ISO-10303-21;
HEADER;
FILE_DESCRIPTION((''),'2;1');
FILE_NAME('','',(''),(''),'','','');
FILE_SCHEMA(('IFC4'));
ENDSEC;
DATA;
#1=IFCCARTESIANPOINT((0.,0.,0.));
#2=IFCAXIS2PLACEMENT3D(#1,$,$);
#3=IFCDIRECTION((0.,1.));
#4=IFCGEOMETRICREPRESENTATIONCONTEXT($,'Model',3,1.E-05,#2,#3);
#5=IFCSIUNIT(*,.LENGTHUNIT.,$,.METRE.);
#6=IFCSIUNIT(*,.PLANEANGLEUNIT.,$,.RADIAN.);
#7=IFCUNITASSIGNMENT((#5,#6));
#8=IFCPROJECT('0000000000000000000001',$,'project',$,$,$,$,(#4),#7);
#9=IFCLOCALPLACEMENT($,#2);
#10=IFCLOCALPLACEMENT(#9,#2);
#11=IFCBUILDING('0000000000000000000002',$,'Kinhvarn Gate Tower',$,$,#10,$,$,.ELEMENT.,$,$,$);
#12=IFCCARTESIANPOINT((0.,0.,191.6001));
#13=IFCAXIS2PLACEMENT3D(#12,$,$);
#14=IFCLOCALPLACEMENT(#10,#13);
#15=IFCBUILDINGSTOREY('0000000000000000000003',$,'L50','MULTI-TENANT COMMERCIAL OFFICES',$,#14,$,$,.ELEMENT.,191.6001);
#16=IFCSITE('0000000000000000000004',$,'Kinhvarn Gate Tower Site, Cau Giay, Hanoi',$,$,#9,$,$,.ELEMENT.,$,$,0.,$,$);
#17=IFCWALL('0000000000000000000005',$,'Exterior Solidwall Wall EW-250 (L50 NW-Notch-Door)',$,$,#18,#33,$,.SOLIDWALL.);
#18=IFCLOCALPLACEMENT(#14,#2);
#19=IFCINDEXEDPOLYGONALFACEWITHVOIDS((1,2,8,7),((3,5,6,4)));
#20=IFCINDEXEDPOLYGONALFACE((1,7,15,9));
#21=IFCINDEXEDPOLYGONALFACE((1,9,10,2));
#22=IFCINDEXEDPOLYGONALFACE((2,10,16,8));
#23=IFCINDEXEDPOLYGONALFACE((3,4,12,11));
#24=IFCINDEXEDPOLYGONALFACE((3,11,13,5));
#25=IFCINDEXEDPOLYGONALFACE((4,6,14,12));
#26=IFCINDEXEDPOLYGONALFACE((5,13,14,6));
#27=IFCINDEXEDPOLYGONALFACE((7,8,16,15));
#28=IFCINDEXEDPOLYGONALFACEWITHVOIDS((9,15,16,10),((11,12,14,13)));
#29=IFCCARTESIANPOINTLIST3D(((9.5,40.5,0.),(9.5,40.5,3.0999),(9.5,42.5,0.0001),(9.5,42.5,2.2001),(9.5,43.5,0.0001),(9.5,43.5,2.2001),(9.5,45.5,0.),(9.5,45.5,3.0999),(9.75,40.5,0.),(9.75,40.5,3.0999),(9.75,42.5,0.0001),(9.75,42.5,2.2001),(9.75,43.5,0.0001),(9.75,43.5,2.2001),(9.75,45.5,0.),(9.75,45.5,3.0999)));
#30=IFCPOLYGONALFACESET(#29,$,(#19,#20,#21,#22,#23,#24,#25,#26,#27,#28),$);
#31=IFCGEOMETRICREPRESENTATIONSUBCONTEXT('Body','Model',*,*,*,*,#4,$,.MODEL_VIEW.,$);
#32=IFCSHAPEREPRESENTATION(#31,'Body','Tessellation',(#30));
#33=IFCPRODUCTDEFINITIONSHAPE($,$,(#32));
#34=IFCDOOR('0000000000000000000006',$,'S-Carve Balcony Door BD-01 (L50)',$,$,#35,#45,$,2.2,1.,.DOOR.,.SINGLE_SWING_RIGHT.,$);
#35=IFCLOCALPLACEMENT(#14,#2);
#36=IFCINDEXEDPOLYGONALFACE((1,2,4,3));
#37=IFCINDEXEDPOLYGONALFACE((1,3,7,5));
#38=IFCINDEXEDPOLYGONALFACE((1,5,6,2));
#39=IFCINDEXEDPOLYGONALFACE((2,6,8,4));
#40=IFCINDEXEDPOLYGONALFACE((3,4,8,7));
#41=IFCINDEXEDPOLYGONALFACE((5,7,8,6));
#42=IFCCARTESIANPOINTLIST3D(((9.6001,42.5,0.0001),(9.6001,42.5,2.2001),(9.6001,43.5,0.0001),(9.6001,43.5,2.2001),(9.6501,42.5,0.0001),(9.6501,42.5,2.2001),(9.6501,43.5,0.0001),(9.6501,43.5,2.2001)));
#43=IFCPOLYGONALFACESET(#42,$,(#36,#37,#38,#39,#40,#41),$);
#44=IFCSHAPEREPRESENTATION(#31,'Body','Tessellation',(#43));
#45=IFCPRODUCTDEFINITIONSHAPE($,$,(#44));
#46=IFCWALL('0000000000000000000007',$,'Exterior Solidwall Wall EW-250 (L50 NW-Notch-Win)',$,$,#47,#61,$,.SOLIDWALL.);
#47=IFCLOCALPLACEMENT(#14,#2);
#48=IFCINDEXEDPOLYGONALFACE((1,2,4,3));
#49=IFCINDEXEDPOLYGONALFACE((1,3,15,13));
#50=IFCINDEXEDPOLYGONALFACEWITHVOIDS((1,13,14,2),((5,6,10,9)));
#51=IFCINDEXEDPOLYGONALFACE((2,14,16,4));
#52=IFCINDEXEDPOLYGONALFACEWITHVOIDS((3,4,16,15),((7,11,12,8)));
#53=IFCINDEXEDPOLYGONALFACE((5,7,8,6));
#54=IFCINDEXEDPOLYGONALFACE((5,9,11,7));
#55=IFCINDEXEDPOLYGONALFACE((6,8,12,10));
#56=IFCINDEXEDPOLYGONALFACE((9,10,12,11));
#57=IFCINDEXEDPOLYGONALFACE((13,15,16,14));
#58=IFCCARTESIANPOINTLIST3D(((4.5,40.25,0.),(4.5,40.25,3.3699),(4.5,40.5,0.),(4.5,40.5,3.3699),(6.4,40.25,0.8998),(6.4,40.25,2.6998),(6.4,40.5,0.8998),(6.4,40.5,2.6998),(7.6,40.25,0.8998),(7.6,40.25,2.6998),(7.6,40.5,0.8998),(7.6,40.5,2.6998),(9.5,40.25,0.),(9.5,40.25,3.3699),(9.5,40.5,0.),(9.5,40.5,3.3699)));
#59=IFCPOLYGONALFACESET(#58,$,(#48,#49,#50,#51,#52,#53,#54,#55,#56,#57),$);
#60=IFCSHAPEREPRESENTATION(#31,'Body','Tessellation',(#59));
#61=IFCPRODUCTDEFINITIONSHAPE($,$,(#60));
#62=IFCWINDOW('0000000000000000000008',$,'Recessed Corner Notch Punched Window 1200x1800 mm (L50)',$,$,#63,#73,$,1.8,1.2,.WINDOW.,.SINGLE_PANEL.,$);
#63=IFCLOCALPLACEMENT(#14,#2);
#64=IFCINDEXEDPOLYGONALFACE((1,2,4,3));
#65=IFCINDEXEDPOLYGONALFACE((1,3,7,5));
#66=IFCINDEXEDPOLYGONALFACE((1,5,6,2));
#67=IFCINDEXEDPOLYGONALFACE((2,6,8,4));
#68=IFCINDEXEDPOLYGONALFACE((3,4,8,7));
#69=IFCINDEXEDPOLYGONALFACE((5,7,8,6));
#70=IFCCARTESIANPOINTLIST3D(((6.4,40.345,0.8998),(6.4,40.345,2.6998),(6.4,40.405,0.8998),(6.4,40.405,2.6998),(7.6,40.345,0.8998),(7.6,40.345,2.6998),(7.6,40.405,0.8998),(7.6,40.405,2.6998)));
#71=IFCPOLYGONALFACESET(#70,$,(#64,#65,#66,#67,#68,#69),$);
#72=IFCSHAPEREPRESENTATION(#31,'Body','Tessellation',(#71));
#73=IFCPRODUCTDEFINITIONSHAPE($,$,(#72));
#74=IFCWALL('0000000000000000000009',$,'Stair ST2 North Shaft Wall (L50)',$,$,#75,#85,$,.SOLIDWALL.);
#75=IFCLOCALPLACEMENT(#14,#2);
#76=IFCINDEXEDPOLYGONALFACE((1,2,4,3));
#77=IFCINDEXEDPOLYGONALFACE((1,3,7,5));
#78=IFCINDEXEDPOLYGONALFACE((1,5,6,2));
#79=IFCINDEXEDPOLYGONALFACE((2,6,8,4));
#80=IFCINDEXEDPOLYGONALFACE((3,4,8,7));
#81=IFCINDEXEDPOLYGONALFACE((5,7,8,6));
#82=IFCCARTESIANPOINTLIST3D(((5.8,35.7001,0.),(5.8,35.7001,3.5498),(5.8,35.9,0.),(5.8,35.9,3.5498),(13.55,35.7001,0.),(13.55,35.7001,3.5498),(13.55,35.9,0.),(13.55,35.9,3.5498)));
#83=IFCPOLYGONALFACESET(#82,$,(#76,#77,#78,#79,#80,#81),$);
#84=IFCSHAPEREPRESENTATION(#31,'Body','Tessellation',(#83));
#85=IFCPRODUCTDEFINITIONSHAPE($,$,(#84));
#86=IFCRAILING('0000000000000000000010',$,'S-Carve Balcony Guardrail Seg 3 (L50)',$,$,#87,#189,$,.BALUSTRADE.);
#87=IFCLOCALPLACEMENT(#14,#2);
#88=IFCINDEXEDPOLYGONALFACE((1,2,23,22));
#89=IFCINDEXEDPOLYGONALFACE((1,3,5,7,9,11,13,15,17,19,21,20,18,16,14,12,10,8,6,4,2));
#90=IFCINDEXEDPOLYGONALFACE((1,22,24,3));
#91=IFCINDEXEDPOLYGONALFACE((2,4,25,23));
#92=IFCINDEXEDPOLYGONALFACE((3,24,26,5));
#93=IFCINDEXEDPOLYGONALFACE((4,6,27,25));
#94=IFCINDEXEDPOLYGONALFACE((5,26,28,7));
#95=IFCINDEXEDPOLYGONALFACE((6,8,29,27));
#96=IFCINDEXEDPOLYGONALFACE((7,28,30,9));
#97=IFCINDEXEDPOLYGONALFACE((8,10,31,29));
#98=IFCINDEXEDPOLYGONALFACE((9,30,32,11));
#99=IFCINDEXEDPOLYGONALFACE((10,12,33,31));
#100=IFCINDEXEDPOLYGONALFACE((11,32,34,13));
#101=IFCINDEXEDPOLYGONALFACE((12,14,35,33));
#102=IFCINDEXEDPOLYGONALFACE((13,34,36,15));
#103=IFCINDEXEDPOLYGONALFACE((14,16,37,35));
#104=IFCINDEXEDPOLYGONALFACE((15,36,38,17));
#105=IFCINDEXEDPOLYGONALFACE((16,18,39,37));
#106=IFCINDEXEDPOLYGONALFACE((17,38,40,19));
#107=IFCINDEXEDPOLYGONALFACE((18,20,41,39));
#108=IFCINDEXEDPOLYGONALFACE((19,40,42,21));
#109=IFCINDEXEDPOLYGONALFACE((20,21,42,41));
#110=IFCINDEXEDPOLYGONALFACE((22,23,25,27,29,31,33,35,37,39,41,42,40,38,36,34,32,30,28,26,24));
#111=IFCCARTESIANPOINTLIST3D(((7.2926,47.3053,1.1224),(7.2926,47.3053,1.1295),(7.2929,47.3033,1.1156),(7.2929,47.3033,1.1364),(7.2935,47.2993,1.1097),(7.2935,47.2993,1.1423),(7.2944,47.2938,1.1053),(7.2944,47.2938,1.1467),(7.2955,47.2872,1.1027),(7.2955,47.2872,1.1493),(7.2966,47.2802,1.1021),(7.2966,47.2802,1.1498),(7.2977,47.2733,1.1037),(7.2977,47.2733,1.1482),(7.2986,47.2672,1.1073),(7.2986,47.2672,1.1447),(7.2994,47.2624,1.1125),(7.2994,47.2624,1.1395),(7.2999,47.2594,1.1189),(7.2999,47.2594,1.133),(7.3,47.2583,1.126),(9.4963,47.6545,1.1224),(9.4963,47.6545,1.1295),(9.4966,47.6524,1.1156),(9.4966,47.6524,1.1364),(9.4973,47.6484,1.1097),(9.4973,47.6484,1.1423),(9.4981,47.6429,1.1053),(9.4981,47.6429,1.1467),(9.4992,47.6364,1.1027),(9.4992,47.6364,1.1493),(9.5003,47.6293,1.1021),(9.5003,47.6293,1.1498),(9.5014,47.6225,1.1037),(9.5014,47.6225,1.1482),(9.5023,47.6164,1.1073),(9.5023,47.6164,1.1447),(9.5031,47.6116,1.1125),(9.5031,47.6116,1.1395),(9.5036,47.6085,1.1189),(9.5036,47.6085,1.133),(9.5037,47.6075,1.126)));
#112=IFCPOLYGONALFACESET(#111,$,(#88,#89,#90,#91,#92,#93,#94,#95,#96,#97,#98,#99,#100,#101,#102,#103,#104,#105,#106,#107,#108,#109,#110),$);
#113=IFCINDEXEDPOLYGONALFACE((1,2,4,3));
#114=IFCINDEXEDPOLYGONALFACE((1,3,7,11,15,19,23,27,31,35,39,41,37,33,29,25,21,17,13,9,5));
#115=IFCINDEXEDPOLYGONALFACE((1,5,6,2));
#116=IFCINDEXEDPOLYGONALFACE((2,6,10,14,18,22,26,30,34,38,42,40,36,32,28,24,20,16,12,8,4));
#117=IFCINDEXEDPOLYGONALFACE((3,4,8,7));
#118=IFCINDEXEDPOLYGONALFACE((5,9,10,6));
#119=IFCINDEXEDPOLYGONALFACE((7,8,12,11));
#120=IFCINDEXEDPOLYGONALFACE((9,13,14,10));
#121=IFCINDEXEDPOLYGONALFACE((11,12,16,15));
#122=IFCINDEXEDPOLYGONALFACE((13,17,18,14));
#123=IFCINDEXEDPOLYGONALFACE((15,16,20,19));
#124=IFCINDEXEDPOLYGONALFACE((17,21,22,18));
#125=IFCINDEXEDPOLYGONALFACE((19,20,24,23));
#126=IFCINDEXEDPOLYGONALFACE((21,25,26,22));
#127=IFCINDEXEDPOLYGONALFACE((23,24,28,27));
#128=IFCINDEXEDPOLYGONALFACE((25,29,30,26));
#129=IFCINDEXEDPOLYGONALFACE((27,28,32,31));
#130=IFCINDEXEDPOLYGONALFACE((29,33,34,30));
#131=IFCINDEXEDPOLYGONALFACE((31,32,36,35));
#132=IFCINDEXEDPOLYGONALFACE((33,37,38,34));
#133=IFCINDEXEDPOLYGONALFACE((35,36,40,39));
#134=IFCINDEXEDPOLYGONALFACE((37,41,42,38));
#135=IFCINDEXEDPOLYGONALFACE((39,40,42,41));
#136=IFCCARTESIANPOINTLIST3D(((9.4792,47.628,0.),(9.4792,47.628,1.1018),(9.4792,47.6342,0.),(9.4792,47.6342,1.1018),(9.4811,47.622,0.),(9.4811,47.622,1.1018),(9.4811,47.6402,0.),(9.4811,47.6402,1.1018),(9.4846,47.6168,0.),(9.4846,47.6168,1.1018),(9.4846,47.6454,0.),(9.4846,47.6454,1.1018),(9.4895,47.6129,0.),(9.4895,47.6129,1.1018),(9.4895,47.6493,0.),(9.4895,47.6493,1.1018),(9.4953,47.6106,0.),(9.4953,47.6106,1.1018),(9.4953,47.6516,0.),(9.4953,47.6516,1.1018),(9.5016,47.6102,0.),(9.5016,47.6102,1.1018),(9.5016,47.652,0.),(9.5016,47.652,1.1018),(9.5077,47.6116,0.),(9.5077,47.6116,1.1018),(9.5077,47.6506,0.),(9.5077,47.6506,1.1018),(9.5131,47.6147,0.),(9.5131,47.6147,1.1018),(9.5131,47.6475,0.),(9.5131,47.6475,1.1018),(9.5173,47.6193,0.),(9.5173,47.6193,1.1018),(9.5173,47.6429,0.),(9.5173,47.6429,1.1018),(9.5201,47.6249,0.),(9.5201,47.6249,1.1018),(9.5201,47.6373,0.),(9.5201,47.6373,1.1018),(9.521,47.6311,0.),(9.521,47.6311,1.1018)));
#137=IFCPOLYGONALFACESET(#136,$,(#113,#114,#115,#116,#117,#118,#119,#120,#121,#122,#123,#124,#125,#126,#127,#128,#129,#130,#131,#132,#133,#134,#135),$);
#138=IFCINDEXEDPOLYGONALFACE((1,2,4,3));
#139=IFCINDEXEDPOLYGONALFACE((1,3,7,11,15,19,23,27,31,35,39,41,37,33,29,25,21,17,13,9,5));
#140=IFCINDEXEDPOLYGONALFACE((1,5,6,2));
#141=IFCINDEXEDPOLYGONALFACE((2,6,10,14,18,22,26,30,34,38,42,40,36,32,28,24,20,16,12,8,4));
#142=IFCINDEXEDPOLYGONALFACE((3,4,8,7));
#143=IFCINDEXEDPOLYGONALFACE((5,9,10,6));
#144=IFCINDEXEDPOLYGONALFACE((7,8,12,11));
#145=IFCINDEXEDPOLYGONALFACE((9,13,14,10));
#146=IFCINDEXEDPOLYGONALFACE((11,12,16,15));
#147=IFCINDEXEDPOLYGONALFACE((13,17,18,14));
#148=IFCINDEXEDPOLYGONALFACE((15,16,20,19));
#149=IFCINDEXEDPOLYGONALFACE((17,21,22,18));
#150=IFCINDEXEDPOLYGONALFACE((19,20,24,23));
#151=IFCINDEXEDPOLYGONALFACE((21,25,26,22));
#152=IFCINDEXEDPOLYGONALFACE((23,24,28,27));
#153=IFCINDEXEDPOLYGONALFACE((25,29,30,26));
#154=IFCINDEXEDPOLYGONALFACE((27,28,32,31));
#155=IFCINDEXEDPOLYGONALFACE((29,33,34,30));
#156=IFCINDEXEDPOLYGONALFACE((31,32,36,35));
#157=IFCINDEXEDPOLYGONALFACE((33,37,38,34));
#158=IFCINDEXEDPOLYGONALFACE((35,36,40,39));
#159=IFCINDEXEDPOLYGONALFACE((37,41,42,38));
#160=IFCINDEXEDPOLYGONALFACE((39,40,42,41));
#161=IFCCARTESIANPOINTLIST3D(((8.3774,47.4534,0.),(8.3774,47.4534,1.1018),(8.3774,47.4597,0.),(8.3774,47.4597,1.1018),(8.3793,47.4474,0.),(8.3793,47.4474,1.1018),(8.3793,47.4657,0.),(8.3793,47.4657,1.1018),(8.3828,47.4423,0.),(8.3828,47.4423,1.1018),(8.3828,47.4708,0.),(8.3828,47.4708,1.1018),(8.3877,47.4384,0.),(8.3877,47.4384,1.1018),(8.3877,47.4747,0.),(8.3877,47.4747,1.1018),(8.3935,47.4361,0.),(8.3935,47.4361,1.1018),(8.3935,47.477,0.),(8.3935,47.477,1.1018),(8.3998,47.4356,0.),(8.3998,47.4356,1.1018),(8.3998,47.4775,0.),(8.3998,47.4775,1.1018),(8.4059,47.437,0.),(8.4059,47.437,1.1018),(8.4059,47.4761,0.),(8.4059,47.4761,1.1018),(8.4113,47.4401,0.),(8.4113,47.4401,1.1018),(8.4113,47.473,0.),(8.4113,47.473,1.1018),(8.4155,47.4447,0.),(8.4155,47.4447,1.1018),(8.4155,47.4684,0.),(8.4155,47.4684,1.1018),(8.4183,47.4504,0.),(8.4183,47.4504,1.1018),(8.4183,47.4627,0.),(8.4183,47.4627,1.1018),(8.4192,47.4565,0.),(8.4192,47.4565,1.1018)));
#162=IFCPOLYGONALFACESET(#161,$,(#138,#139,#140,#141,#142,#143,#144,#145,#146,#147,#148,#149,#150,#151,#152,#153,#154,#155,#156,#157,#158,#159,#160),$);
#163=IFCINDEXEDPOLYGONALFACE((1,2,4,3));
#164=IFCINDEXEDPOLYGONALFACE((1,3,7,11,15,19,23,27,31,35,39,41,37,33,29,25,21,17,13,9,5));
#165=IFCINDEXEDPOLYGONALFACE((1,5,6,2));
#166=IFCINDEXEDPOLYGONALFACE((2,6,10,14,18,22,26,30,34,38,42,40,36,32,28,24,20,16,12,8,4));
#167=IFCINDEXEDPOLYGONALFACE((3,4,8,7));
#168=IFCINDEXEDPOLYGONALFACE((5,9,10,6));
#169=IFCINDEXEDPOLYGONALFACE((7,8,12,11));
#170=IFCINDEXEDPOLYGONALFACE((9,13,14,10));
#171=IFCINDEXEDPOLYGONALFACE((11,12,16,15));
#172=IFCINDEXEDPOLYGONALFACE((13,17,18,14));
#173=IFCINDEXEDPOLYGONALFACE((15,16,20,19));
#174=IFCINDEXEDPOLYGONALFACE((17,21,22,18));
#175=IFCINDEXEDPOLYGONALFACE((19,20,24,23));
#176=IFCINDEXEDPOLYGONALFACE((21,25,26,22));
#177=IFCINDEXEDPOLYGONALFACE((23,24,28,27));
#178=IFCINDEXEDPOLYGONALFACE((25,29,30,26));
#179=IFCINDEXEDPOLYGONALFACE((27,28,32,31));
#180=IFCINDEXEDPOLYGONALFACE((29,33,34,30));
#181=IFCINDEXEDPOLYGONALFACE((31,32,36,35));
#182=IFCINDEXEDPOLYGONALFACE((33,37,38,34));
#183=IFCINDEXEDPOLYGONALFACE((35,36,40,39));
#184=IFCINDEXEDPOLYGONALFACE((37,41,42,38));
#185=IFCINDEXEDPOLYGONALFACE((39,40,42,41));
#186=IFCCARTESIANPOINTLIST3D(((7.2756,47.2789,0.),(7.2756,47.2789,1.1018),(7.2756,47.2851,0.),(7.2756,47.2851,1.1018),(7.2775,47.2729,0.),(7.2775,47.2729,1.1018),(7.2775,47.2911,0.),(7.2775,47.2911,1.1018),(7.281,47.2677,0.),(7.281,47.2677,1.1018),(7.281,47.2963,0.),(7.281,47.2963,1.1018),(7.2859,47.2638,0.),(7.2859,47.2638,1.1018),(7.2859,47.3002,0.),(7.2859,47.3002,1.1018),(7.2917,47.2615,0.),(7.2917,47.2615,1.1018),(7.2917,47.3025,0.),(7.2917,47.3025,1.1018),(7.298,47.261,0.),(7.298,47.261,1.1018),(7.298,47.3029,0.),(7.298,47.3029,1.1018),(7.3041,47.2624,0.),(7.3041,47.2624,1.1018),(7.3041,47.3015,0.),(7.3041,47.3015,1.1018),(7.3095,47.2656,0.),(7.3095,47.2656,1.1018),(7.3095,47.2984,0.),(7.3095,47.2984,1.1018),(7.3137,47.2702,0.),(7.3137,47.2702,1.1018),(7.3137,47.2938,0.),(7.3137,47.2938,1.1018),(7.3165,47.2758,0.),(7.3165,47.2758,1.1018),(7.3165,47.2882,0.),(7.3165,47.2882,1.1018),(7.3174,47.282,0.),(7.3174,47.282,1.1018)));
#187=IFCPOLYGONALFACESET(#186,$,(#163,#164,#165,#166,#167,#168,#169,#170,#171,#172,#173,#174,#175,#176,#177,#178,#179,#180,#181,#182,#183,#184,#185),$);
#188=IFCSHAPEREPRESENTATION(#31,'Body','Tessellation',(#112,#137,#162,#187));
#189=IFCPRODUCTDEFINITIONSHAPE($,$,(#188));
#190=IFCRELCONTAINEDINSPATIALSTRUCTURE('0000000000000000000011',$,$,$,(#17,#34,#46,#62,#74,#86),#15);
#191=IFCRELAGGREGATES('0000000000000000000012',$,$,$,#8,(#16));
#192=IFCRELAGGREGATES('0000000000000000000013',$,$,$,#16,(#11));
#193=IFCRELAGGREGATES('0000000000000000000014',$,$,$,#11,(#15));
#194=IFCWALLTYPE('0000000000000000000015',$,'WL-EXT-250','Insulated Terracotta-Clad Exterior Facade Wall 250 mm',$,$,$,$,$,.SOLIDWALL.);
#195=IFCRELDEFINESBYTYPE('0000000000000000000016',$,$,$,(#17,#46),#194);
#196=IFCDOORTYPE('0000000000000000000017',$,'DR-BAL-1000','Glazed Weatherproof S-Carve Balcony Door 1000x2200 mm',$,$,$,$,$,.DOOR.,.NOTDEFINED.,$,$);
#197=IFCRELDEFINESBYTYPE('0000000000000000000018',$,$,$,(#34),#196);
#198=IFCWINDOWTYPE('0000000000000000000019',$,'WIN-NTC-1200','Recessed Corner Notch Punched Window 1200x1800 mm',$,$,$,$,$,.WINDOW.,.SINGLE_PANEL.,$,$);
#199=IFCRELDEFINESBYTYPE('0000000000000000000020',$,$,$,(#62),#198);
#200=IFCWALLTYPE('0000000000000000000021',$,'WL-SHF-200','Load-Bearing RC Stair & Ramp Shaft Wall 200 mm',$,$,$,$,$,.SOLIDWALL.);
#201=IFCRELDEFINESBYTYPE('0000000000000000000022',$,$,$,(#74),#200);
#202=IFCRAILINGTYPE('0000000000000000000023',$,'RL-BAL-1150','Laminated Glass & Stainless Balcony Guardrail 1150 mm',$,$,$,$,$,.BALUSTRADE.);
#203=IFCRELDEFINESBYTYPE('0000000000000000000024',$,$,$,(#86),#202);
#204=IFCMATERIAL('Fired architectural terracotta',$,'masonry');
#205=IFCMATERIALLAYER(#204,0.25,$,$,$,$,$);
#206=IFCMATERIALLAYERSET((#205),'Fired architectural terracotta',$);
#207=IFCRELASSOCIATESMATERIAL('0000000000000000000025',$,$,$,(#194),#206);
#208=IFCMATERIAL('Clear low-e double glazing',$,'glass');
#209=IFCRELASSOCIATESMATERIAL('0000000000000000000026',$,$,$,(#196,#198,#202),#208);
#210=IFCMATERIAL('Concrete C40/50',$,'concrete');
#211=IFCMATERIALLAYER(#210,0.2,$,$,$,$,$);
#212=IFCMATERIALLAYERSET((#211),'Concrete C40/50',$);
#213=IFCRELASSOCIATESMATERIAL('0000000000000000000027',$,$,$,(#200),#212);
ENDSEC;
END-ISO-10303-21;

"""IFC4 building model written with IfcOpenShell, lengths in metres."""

from ifc_helpers import new_model, si_unit, direction, frame, frame_2d, origin, origin_2d, place, context, subcontext, project, spatial, rectangle, circle, extrude, material, layer, layer_set, type_object, element, fill, save


model = new_model("IFC4")

# Units and contexts
model_context = context("Model", 3, precision=1e-05, world=origin(), true_north=direction((0.0, 1.0)))
body_context = subcontext(model_context, "Body", "Model", "MODEL_VIEW")
ifc_project = project(units=[si_unit("LENGTHUNIT", "METRE"), si_unit("PLANEANGLEUNIT", "RADIAN")], contexts=[model_context])

# Site, building, storey
site_placement = place(None, origin())
site = spatial("IfcSite", under=ifc_project, at=site_placement, Name="Kinhvarn Gate Tower Site, Cau Giay, Hanoi", CompositionType="ELEMENT", RefElevation=0.0)
building_placement = place(site_placement, origin())
building = spatial("IfcBuilding", under=site, at=building_placement, Name="Kinhvarn Gate Tower", CompositionType="ELEMENT")
storey_placement = place(building_placement, frame((0.0, 0.0, 191.6001)))
storey = spatial("IfcBuildingStorey", under=building, at=storey_placement, Name="L50", Description="MULTI-TENANT COMMERCIAL OFFICES", CompositionType="ELEMENT", Elevation=191.6001)

# Shared definitions
ifc_material_1 = material(Name="Fired architectural terracotta", Category="masonry")
ifc_layer_1 = layer(ifc_material_1, 0.25)
ifc_layer_set_1 = layer_set([ifc_layer_1], Name="Fired architectural terracotta")
wall_type_1 = type_object("IfcWallType", Name="WL-EXT-250", Description="Insulated Terracotta-Clad Exterior Facade Wall 250 mm", PredefinedType="SOLIDWALL", material=ifc_layer_set_1)
ifc_material_2 = material(Name="Clear low-e double glazing", Category="glass")

# Wall, opening, door
wall_1_placement = place(storey_placement, frame((9.625, 45.5, 0.0), z_axis=(0.0, 0.0, 1.0), x_axis=(0.0, -1.0, 0.0)))
wall_1 = element("IfcWall", 1, at=wall_1_placement, inside=storey, type_object=wall_type_1, Name="Exterior Solidwall Wall EW-250 (L50 NW-Notch-Door)", PredefinedType="SOLIDWALL", context=body_context, shape_type="SweptSolid", body=[
    extrude(rectangle(XDim=5.0, YDim=0.25, at=frame_2d((2.5, 0.0))), origin(), (0.0, 0.0, 1.0), 3.0999),
])
opening_1_placement = place(wall_1_placement, frame((2.0, 0.0, 0.0)))
opening_1 = element("IfcOpeningElement", 2, at=opening_1_placement, cuts=wall_1, PredefinedType="OPENING", context=body_context, shape_type="SweptSolid", body=[
    extrude(rectangle(XDim=1.0, YDim=2.2, at=frame_2d((0.5, 1.1001))), frame((0.0, 0.135, 0.0), z_axis=(0.0, -1.0, 0.0), x_axis=(1.0, 0.0, 0.0)), (0.0, 0.0, 1.0), 0.27),
])
door_type = type_object("IfcDoorType", Name="DR-BAL-1000", Description="Glazed Weatherproof S-Carve Balcony Door 1000x2200 mm", OperationType="NOTDEFINED", PredefinedType="DOOR", material=ifc_material_2)
door_placement = place(opening_1_placement, frame((1.0, 0.0, 0.0), z_axis=(0.0, 0.0, 1.0), x_axis=(-1.0, 0.0, 0.0)))
door = element("IfcDoor", 3, at=door_placement, inside=storey, type_object=door_type, Name="S-Carve Balcony Door BD-01 (L50)", OperationType="SINGLE_SWING_RIGHT", OverallHeight=2.2, OverallWidth=1.0, PredefinedType="DOOR", context=body_context, shape_type="SweptSolid", body=[
    extrude(rectangle(XDim=1.0, YDim=2.2, at=frame_2d((0.5, 1.1001))), frame((0.0, 0.0249, 0.0), z_axis=(0.0, -1.0, 0.0), x_axis=(1.0, 0.0, 0.0)), (0.0, 0.0, 1.0), 0.05),
])
fill(opening_1, door)

# Wall, opening, window
wall_2_placement = place(storey_placement, frame((9.5, 40.375, 0.0), z_axis=(0.0, 0.0, 1.0), x_axis=(-1.0, 0.0, 0.0)))
wall_2 = element("IfcWall", 4, at=wall_2_placement, inside=storey, type_object=wall_type_1, Name="Exterior Solidwall Wall EW-250 (L50 NW-Notch-Win)", PredefinedType="SOLIDWALL", context=body_context, shape_type="SweptSolid", body=[
    extrude(rectangle(XDim=5.0, YDim=0.25, at=frame_2d((2.5, 0.0))), origin(), (0.0, 0.0, 1.0), 3.3699),
])
opening_2_placement = place(wall_2_placement, frame((1.8999, 0.0, 0.8999)))
opening_2 = element("IfcOpeningElement", 5, at=opening_2_placement, cuts=wall_2, PredefinedType="OPENING", context=body_context, shape_type="SweptSolid", body=[
    extrude(rectangle(XDim=1.2, YDim=1.8, at=frame_2d((0.6001, 0.8999))), frame((0.0, 0.135, 0.0), z_axis=(0.0, -1.0, 0.0), x_axis=(1.0, 0.0, 0.0)), (0.0, 0.0, 1.0), 0.27),
])
window_type_1 = type_object("IfcWindowType", Name="WIN-NTC-1200", Description="Recessed Corner Notch Punched Window 1200x1800 mm", PartitioningType="SINGLE_PANEL", PredefinedType="WINDOW", material=ifc_material_2)
window_1_placement = place(opening_2_placement, origin())
window_1 = element("IfcWindow", 6, at=window_1_placement, inside=storey, type_object=window_type_1, Name="Recessed Corner Notch Punched Window 1200x1800 mm (L50)", OverallHeight=1.8, OverallWidth=1.2, PartitioningType="SINGLE_PANEL", PredefinedType="WINDOW", context=body_context, shape_type="SweptSolid", body=[
    extrude(rectangle(XDim=1.2, YDim=1.8, at=frame_2d((0.6001, 0.8999))), frame((0.0, 0.03, 0.0), z_axis=(0.0, -1.0, 0.0), x_axis=(1.0, 0.0, 0.0)), (0.0, 0.0, 1.0), 0.0601),
])
fill(opening_2, window_1)

# Wall
ifc_material_3 = material(Name="Concrete C40/50", Category="concrete")
ifc_layer_2 = layer(ifc_material_3, 0.2)
ifc_layer_set_2 = layer_set([ifc_layer_2], Name="Concrete C40/50")
wall_type_2 = type_object("IfcWallType", Name="WL-SHF-200", Description="Load-Bearing RC Stair & Ramp Shaft Wall 200 mm", PredefinedType="SOLIDWALL", material=ifc_layer_set_2)
wall_3_placement = place(storey_placement, frame((5.8, 35.8, 0.0), z_axis=(0.0, 0.0, 1.0), x_axis=(1.0, 0.0, 0.0)))
element("IfcWall", 7, at=wall_3_placement, inside=storey, type_object=wall_type_2, Name="Stair ST2 North Shaft Wall (L50)", PredefinedType="SOLIDWALL", context=body_context, shape_type="SweptSolid", body=[
    extrude(rectangle(XDim=7.75, YDim=0.2, at=frame_2d((3.875, 0.0))), origin(), (0.0, 0.0, 1.0), 3.5498),
])

# Railing
railing_type = type_object("IfcRailingType", Name="RL-BAL-1150", Description="Laminated Glass & Stainless Balcony Guardrail 1150 mm", PredefinedType="BALUSTRADE", material=ifc_material_2)
railing_1_placement = place(storey_placement, frame((9.5, 47.6311, 0.0)))
element("IfcRailing", 8, at=railing_1_placement, inside=storey, type_object=railing_type, Name="S-Carve Balcony Guardrail Seg 3 (L50)", PredefinedType="BALUSTRADE", context=body_context, shape_type="SweptSolid", body=[
    extrude(circle(Radius=0.0239, at=origin_2d()), frame((0.0, 0.0, 1.126), z_axis=(-0.987681, -0.15648, 0.0), x_axis=(0.15648, -0.987681, 0.0)), (0.0, 0.0, 1.0), 2.2312),
    extrude(circle(Radius=0.021, at=origin_2d()), origin(), (0.0, 0.0, 1.0), 1.1018),
    extrude(circle(Radius=0.021, at=origin_2d()), frame((-1.1018, -0.1746, 0.0)), (0.0, 0.0, 1.0), 1.1018),
    extrude(circle(Radius=0.021, at=origin_2d()), frame((-2.2036, -0.3491, 0.0)), (0.0, 0.0, 1.0), 1.1018),
])

save(model, "model.ifc")
